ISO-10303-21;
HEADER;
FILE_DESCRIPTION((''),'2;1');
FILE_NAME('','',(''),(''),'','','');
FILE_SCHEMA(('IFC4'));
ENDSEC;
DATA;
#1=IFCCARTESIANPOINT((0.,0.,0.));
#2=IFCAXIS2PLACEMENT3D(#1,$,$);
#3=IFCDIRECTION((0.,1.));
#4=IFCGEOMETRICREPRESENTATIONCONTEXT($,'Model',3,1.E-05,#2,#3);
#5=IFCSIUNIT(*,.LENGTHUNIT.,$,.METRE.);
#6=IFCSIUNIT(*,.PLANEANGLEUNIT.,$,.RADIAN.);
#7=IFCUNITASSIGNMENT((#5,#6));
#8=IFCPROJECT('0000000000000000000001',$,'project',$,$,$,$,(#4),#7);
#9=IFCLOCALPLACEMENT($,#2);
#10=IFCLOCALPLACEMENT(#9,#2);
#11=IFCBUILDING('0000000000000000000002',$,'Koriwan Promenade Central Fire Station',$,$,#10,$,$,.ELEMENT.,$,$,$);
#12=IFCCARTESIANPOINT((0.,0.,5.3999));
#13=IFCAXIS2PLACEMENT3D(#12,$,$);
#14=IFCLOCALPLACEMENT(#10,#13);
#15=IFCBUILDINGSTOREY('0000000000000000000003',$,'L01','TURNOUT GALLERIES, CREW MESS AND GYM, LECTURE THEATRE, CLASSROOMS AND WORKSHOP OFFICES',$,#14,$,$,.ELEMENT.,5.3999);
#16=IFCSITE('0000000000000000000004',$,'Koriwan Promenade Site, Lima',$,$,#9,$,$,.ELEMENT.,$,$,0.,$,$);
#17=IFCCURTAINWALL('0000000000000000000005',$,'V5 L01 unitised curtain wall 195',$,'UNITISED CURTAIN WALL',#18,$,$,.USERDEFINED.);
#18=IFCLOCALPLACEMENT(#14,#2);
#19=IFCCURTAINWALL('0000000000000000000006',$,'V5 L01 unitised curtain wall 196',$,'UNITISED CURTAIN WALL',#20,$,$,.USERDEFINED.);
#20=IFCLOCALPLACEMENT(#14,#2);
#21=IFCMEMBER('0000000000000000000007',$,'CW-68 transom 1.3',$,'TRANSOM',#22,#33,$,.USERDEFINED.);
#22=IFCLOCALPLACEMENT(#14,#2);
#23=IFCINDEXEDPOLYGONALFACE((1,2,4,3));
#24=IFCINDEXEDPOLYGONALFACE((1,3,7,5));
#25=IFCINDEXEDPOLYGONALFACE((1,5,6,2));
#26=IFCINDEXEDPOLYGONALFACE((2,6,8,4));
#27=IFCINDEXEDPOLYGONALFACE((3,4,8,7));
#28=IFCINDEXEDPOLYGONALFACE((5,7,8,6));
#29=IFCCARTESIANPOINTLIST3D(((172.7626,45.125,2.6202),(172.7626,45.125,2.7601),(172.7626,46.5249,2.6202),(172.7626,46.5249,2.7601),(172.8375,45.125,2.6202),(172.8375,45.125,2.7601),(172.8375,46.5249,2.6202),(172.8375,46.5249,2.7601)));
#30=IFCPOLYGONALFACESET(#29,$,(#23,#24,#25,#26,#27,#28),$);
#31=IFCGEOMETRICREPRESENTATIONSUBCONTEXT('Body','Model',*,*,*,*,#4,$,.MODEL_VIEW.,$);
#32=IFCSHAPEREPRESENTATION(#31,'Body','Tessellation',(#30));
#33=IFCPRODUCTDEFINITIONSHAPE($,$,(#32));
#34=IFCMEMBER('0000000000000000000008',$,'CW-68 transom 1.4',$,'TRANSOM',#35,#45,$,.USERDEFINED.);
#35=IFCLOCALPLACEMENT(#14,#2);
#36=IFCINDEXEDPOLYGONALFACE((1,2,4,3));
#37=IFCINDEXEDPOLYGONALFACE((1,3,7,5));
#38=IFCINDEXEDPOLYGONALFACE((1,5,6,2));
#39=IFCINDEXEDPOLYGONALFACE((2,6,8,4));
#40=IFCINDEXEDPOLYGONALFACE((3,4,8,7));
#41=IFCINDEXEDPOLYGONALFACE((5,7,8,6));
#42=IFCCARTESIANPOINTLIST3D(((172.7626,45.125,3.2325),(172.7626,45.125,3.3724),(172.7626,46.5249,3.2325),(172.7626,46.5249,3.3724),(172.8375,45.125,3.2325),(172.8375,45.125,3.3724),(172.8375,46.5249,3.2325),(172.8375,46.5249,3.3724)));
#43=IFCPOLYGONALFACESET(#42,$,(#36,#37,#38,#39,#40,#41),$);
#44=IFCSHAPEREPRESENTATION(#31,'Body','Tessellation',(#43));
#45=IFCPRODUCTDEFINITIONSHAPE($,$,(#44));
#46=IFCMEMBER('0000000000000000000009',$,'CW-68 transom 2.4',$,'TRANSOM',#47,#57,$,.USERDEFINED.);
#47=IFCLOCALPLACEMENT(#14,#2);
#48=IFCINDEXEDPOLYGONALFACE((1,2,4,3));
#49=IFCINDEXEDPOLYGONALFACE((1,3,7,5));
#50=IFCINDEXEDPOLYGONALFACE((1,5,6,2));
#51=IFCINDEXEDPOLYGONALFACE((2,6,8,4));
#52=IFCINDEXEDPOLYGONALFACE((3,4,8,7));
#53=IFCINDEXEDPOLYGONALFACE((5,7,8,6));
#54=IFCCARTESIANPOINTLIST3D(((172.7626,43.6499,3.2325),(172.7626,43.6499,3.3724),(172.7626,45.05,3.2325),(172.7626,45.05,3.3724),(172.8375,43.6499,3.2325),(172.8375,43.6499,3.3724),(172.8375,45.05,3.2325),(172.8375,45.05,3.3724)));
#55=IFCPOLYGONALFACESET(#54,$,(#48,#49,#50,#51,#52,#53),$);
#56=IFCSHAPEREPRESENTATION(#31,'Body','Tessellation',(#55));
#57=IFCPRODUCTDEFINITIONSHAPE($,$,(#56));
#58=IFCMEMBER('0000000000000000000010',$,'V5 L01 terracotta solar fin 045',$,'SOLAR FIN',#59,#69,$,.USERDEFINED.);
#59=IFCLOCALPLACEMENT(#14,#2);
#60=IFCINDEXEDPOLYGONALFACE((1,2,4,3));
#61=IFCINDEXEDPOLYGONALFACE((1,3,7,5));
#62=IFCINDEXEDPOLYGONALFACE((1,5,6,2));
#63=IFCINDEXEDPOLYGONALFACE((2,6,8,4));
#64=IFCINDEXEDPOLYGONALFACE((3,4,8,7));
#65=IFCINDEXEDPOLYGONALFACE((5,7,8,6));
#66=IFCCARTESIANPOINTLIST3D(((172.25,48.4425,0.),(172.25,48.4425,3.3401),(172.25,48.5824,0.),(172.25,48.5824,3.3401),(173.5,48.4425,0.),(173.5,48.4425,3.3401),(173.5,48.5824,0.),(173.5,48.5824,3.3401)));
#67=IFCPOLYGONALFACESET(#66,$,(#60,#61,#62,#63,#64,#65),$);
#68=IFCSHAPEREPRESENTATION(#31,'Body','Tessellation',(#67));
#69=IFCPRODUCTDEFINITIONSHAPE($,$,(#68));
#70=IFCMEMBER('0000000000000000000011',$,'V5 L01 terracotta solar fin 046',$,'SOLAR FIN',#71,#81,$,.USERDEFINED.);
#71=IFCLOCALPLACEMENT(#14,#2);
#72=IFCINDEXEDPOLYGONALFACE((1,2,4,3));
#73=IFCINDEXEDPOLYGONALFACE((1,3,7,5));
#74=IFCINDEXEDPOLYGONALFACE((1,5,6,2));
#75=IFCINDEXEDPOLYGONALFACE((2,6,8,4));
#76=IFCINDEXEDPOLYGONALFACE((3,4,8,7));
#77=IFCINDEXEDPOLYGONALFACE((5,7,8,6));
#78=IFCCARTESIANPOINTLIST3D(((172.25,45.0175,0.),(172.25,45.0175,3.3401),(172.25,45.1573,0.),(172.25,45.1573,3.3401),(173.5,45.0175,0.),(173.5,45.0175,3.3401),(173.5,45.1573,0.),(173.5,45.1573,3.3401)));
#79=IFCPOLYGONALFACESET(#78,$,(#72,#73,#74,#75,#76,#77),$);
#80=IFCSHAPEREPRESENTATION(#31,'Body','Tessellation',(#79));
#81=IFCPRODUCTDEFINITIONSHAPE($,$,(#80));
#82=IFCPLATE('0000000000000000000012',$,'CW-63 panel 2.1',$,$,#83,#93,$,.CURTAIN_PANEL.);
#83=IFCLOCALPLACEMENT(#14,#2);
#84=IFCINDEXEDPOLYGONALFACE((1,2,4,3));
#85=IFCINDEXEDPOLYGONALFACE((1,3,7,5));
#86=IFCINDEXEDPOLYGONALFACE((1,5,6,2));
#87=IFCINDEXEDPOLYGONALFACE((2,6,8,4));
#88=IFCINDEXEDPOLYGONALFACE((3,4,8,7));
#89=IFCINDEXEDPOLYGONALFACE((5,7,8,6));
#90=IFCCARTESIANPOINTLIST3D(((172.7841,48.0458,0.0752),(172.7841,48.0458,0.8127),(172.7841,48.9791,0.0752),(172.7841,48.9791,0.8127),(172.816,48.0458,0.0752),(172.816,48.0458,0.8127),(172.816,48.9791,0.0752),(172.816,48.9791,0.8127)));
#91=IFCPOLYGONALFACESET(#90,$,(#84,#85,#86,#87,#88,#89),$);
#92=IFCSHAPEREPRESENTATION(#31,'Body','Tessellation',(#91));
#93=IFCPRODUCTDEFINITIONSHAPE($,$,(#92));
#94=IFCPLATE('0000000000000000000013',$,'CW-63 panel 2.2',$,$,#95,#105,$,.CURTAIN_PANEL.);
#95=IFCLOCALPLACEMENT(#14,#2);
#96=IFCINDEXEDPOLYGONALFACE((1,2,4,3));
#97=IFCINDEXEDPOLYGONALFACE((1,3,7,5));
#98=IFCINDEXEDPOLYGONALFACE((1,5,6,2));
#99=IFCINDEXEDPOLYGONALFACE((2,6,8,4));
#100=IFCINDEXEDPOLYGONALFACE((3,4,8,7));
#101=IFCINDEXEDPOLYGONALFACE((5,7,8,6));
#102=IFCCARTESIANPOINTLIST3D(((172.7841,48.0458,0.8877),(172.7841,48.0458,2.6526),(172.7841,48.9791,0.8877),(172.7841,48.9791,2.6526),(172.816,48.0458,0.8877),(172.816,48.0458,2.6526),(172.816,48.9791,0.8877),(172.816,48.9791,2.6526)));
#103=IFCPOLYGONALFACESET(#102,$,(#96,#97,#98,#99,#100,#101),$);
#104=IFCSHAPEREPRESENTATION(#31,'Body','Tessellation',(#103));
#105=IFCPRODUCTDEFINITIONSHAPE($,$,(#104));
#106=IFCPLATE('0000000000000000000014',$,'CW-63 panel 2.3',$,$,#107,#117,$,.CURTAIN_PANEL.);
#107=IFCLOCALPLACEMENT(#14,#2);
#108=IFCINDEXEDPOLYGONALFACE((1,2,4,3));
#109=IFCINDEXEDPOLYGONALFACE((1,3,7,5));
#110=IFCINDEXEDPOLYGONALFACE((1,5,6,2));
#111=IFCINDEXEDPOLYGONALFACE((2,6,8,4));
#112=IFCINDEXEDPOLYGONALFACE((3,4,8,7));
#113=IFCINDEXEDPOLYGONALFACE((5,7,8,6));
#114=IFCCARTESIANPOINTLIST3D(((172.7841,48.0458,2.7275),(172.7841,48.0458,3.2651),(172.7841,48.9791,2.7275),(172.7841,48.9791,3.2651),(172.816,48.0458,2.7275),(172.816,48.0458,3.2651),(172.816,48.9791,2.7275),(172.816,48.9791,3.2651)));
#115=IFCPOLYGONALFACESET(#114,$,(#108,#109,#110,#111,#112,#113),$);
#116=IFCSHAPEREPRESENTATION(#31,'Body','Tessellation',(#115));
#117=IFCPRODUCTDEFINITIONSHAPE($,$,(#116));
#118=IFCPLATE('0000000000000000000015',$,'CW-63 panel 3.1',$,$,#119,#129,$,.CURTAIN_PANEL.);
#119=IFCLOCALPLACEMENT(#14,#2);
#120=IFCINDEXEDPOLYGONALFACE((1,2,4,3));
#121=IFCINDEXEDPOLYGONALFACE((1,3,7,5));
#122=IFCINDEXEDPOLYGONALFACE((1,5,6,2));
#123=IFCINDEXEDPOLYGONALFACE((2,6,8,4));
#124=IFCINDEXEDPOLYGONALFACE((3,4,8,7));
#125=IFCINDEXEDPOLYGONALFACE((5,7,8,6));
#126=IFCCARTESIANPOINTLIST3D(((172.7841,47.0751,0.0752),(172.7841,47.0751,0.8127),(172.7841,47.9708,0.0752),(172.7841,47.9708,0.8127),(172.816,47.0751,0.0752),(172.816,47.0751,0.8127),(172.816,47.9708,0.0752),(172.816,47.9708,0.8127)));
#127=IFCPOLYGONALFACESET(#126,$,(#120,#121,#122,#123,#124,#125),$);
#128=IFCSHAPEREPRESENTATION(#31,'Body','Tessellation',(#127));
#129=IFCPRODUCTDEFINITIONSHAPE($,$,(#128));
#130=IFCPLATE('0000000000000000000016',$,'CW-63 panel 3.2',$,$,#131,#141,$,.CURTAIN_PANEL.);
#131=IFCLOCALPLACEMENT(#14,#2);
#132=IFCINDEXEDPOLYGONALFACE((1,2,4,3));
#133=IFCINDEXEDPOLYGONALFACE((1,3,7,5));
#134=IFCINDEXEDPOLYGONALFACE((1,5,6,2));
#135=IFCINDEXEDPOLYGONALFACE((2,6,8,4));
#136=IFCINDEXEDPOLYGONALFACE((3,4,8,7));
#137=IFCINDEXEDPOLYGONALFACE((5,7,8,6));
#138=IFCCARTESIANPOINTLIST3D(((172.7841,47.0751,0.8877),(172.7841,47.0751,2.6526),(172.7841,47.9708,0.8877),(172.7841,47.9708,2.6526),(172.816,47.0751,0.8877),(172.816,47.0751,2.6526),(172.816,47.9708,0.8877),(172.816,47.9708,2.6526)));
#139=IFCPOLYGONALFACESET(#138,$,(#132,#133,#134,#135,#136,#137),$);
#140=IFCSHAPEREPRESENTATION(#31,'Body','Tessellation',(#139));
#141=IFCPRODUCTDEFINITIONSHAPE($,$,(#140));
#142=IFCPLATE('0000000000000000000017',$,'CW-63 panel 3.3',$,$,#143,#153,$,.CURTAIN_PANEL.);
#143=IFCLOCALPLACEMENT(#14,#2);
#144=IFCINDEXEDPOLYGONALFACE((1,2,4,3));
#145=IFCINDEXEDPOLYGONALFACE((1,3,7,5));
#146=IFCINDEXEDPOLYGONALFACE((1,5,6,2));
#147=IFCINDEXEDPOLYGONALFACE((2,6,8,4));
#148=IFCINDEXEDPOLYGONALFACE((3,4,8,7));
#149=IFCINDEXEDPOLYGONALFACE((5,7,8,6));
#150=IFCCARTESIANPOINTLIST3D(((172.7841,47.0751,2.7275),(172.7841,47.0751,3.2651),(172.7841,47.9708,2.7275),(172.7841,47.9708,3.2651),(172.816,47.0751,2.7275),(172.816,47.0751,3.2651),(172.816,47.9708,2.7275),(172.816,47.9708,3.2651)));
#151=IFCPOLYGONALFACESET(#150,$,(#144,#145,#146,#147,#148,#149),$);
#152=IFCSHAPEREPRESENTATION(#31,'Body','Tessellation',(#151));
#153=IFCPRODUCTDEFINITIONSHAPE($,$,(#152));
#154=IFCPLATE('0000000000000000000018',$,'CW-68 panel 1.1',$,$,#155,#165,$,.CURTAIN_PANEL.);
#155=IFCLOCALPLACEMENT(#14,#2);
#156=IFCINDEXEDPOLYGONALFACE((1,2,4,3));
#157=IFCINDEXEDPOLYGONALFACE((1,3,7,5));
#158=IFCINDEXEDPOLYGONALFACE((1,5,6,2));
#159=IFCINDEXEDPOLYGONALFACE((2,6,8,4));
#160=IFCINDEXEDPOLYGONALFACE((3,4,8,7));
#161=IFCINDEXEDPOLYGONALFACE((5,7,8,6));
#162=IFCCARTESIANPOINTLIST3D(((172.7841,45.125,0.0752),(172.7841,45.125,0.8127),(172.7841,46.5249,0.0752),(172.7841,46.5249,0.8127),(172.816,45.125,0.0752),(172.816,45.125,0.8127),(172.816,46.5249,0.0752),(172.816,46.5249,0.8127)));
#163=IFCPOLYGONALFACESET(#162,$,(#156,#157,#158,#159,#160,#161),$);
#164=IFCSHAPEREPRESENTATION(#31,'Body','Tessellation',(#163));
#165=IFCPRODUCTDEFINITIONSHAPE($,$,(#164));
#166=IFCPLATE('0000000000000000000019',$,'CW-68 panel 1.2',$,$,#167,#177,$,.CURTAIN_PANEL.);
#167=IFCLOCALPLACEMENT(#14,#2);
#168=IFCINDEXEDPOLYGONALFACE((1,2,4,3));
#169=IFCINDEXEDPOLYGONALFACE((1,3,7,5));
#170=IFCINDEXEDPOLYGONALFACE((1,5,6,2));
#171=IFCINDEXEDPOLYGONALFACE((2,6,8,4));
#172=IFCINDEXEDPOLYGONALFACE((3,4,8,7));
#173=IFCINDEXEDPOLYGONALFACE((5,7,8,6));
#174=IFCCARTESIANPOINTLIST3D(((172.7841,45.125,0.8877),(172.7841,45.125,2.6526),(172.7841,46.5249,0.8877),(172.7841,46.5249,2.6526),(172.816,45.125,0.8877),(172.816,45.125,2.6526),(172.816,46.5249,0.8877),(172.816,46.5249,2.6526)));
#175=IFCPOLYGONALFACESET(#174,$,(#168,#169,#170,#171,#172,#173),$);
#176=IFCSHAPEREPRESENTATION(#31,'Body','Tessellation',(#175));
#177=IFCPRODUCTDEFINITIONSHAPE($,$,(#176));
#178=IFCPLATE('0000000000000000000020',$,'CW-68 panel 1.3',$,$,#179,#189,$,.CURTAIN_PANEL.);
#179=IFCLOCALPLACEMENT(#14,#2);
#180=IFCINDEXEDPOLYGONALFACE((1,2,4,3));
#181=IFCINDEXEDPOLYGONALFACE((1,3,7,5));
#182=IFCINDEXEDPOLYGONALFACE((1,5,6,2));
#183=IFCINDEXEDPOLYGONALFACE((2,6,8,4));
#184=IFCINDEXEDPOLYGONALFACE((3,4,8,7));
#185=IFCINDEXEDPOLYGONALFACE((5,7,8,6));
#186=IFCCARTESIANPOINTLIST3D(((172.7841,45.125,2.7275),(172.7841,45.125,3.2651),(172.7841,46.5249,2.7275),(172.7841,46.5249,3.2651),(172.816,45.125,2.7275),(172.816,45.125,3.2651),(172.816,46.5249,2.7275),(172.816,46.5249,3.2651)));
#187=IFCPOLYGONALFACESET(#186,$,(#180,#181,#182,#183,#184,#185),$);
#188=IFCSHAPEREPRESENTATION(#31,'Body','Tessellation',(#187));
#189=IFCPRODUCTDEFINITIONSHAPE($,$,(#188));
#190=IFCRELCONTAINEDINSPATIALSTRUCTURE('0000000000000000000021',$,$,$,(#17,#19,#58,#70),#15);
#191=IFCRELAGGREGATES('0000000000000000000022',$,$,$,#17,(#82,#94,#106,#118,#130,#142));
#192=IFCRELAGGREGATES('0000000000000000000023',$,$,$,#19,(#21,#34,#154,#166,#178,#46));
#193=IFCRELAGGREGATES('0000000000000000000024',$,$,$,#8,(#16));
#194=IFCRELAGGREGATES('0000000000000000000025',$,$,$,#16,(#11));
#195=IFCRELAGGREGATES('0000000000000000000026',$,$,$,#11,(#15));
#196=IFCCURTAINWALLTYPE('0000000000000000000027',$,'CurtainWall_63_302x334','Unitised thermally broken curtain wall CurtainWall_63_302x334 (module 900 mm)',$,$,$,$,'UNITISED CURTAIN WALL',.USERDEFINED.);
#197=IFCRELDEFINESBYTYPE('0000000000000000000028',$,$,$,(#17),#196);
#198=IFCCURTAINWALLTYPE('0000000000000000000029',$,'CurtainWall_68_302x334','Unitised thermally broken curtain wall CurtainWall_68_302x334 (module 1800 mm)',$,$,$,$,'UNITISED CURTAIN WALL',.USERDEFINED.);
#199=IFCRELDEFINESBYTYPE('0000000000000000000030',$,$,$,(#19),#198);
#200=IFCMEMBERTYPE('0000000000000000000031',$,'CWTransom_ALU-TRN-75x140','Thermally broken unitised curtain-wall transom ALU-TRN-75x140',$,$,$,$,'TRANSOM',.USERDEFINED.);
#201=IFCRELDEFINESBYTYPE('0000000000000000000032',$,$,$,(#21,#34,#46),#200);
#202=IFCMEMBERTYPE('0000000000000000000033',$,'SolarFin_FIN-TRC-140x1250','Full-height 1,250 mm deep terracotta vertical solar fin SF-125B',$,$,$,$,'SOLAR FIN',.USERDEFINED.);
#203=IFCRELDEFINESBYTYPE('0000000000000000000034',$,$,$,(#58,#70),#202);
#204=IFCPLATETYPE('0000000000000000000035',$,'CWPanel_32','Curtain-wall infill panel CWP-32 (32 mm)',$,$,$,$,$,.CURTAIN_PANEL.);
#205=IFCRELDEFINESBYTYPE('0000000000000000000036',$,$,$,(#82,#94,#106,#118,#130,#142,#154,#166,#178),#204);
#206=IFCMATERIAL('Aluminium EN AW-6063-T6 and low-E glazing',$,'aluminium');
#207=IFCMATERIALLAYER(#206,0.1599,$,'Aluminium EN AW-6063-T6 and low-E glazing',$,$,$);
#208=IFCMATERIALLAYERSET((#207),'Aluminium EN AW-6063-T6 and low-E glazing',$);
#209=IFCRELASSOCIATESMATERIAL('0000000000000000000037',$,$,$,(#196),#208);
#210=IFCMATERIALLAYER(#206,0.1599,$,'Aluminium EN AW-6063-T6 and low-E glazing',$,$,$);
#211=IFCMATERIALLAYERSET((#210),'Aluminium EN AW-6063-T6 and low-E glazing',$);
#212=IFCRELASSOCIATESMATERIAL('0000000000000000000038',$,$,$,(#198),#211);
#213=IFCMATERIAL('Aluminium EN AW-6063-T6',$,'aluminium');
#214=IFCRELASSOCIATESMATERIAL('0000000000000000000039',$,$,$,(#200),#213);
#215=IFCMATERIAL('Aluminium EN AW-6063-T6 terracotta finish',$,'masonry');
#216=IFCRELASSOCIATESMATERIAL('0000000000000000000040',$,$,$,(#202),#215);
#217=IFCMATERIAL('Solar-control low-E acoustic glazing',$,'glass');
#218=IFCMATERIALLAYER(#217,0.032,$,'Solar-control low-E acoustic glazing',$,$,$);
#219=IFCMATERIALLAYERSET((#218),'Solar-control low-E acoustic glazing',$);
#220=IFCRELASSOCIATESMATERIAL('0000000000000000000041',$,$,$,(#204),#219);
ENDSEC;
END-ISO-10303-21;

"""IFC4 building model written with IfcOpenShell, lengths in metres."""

from ifc_helpers import new_model, si_unit, direction, frame, origin, origin_2d, place, context, subcontext, project, spatial, rectangle, extrude, material, layer, layer_set, material_profile, profile_set, type_object, element, aggregate, save


model = new_model("IFC4")

# Units and contexts
model_context = context("Model", 3, precision=1e-05, world=origin(), true_north=direction((0.0, 1.0)))
body_context = subcontext(model_context, "Body", "Model", "MODEL_VIEW")
ifc_project = project(units=[si_unit("LENGTHUNIT", "METRE"), si_unit("PLANEANGLEUNIT", "RADIAN")], contexts=[model_context])

# Site, building, storey
site_placement = place(None, origin())
site = spatial("IfcSite", under=ifc_project, at=site_placement, Name="Koriwan Promenade Site, Lima", CompositionType="ELEMENT", RefElevation=0.0)
building_placement = place(site_placement, origin())
building = spatial("IfcBuilding", under=site, at=building_placement, Name="Koriwan Promenade Central Fire Station", CompositionType="ELEMENT")
storey_placement = place(building_placement, frame((0.0, 0.0, 5.3999)))
storey = spatial("IfcBuildingStorey", under=building, at=storey_placement, Name="L01", Description="TURNOUT GALLERIES, CREW MESS AND GYM, LECTURE THEATRE, CLASSROOMS AND WORKSHOP OFFICES", CompositionType="ELEMENT", Elevation=5.3999)

# Curtain walls
ifc_material_1 = material(Name="Aluminium EN AW-6063-T6 and low-E glazing", Category="aluminium")
ifc_layer_1 = layer(ifc_material_1, 0.1599, Name="Aluminium EN AW-6063-T6 and low-E glazing")
ifc_layer_set_1 = layer_set([ifc_layer_1], Name="Aluminium EN AW-6063-T6 and low-E glazing")
curtain_wall_type_1 = type_object("IfcCurtainWallType", Name="CurtainWall_63_302x334", Description="Unitised thermally broken curtain wall CurtainWall_63_302x334 (module 900 mm)", ElementType="UNITISED CURTAIN WALL", PredefinedType="USERDEFINED", material=ifc_layer_set_1)
curtain_wall_1_placement = place(storey_placement, origin())
curtain_wall_1 = element("IfcCurtainWall", 1, at=curtain_wall_1_placement, inside=storey, type_object=curtain_wall_type_1, Name="V5 L01 unitised curtain wall 195", ObjectType="UNITISED CURTAIN WALL", PredefinedType="USERDEFINED")
ifc_material_2 = material(Name="Aluminium EN AW-6063-T6", Category="aluminium")
ifc_layer_2 = layer(ifc_material_1, 0.1599, Name="Aluminium EN AW-6063-T6 and low-E glazing")
ifc_layer_set_2 = layer_set([ifc_layer_2], Name="Aluminium EN AW-6063-T6 and low-E glazing")
curtain_wall_type_2 = type_object("IfcCurtainWallType", Name="CurtainWall_68_302x334", Description="Unitised thermally broken curtain wall CurtainWall_68_302x334 (module 1800 mm)", ElementType="UNITISED CURTAIN WALL", PredefinedType="USERDEFINED", material=ifc_layer_set_2)
curtain_wall_2_placement = place(storey_placement, origin())
curtain_wall_2 = element("IfcCurtainWall", 2, at=curtain_wall_2_placement, inside=storey, type_object=curtain_wall_type_2, Name="V5 L01 unitised curtain wall 196", ObjectType="UNITISED CURTAIN WALL", PredefinedType="USERDEFINED")

# Members
ifc_material_profile_1 = material_profile(ifc_material_2, rectangle(XDim=0.075, YDim=0.1399, at=origin_2d()), Name="ALU-TRN-75x140")
ifc_profile_set_1 = profile_set([ifc_material_profile_1], Name="Aluminium EN AW-6063-T6")
member_type_1 = type_object("IfcMemberType", Name="CWTransom_ALU-TRN-75x140", Description="Thermally broken unitised curtain-wall transom ALU-TRN-75x140", ElementType="TRANSOM", PredefinedType="USERDEFINED", material=ifc_profile_set_1)
member_1_placement = place(storey_placement, frame((172.8, 46.5249, 2.6902), z_axis=(0.0, -1.0, 0.0), x_axis=(1.0, 0.0, 0.0)))
member_1 = element("IfcMember", 3, at=member_1_placement, type_object=member_type_1, Name="CW-68 transom 1.3", ObjectType="TRANSOM", PredefinedType="USERDEFINED", context=body_context, shape_type="SweptSolid", body=[
    extrude(rectangle(XDim=0.075, YDim=0.1399, at=origin_2d()), origin(), (0.0, 0.0, 1.0), 1.3999),
])
member_2_placement = place(storey_placement, frame((172.8, 46.5249, 3.3025), z_axis=(0.0, -1.0, 0.0), x_axis=(1.0, 0.0, 0.0)))
member_2 = element("IfcMember", 4, at=member_2_placement, type_object=member_type_1, Name="CW-68 transom 1.4", ObjectType="TRANSOM", PredefinedType="USERDEFINED", context=body_context, shape_type="SweptSolid", body=[
    extrude(rectangle(XDim=0.075, YDim=0.1399, at=origin_2d()), origin(), (0.0, 0.0, 1.0), 1.3999),
])
member_3_placement = place(storey_placement, frame((172.8, 45.05, 3.3025), z_axis=(0.0, -1.0, 0.0), x_axis=(1.0, 0.0, 0.0)))
member_3 = element("IfcMember", 5, at=member_3_placement, type_object=member_type_1, Name="CW-68 transom 2.4", ObjectType="TRANSOM", PredefinedType="USERDEFINED", context=body_context, shape_type="SweptSolid", body=[
    extrude(rectangle(XDim=0.075, YDim=0.1399, at=origin_2d()), origin(), (0.0, 0.0, 1.0), 1.4001),
])

# Members
ifc_material_3 = material(Name="Aluminium EN AW-6063-T6 terracotta finish", Category="masonry")
ifc_material_profile_2 = material_profile(ifc_material_3, rectangle(XDim=0.1399, YDim=1.25, at=origin_2d()), Name="FIN-TRC-140x1250")
ifc_profile_set_2 = profile_set([ifc_material_profile_2], Name="Aluminium EN AW-6063-T6 terracotta finish")
member_type_2 = type_object("IfcMemberType", Name="SolarFin_FIN-TRC-140x1250", Description="Full-height 1,250 mm deep terracotta vertical solar fin SF-125B", ElementType="SOLAR FIN", PredefinedType="USERDEFINED", material=ifc_profile_set_2)
for number, where, z_axis, x_axis, name in (
    (6, (172.875, 48.5125, 0.0), (0.0, 0.0, 1.0), (0.0, -1.0, 0.0), "V5 L01 terracotta solar fin 045"),
    (7, (172.875, 45.0874, 0.0), (0.0, 0.0, 1.0), (0.0, -1.0, 0.0), "V5 L01 terracotta solar fin 046"),
):
    element("IfcMember", number, at=place(storey_placement, frame(where, z_axis=z_axis, x_axis=x_axis)), inside=storey, type_object=member_type_2, Name=name, ObjectType="SOLAR FIN", PredefinedType="USERDEFINED", context=body_context, shape_type="SweptSolid", body=[
        extrude(rectangle(XDim=0.1399, YDim=1.25, at=origin_2d()), origin(), (0.0, 0.0, 1.0), 3.3401),
    ])

# Plates
ifc_material_4 = material(Name="Solar-control low-E acoustic glazing", Category="glass")
ifc_layer_3 = layer(ifc_material_4, 0.032, Name="Solar-control low-E acoustic glazing")
ifc_layer_set_3 = layer_set([ifc_layer_3], Name="Solar-control low-E acoustic glazing")
plate_type = type_object("IfcPlateType", Name="CWPanel_32", Description="Curtain-wall infill panel CWP-32 (32 mm)", PredefinedType="CURTAIN_PANEL", material=ifc_layer_set_3)
plate_1_placement = place(storey_placement, frame((172.8, 48.5125, 0.0752), z_axis=(0.0, 0.0, 1.0), x_axis=(0.0, -1.0, 0.0)))
plate_1 = element("IfcPlate", 8, at=plate_1_placement, type_object=plate_type, Name="CW-63 panel 2.1", PredefinedType="CURTAIN_PANEL", context=body_context, shape_type="SweptSolid", body=[
    extrude(rectangle(XDim=0.9333, YDim=0.032, at=origin_2d()), origin(), (0.0, 0.0, 1.0), 0.7375),
])
plate_2_placement = place(storey_placement, frame((172.8, 48.5125, 0.8877), z_axis=(0.0, 0.0, 1.0), x_axis=(0.0, -1.0, 0.0)))
plate_2 = element("IfcPlate", 9, at=plate_2_placement, type_object=plate_type, Name="CW-63 panel 2.2", PredefinedType="CURTAIN_PANEL", context=body_context, shape_type="SweptSolid", body=[
    extrude(rectangle(XDim=0.9333, YDim=0.032, at=origin_2d()), origin(), (0.0, 0.0, 1.0), 1.7649),
])
plate_3_placement = place(storey_placement, frame((172.8, 48.5125, 2.7275), z_axis=(0.0, 0.0, 1.0), x_axis=(0.0, -1.0, 0.0)))
plate_3 = element("IfcPlate", 10, at=plate_3_placement, type_object=plate_type, Name="CW-63 panel 2.3", PredefinedType="CURTAIN_PANEL", context=body_context, shape_type="SweptSolid", body=[
    extrude(rectangle(XDim=0.9333, YDim=0.032, at=origin_2d()), origin(), (0.0, 0.0, 1.0), 0.5376),
])
plate_4_placement = place(storey_placement, frame((172.8, 47.5229, 0.0752), z_axis=(0.0, 0.0, 1.0), x_axis=(0.0, -1.0, 0.0)))
plate_4 = element("IfcPlate", 11, at=plate_4_placement, type_object=plate_type, Name="CW-63 panel 3.1", PredefinedType="CURTAIN_PANEL", context=body_context, shape_type="SweptSolid", body=[
    extrude(rectangle(XDim=0.8958, YDim=0.032, at=origin_2d()), origin(), (0.0, 0.0, 1.0), 0.7375),
])
plate_5_placement = place(storey_placement, frame((172.8, 47.5229, 0.8877), z_axis=(0.0, 0.0, 1.0), x_axis=(0.0, -1.0, 0.0)))
plate_5 = element("IfcPlate", 12, at=plate_5_placement, type_object=plate_type, Name="CW-63 panel 3.2", PredefinedType="CURTAIN_PANEL", context=body_context, shape_type="SweptSolid", body=[
    extrude(rectangle(XDim=0.8958, YDim=0.032, at=origin_2d()), origin(), (0.0, 0.0, 1.0), 1.7649),
])
plate_6_placement = place(storey_placement, frame((172.8, 47.5229, 2.7275), z_axis=(0.0, 0.0, 1.0), x_axis=(0.0, -1.0, 0.0)))
plate_6 = element("IfcPlate", 13, at=plate_6_placement, type_object=plate_type, Name="CW-63 panel 3.3", PredefinedType="CURTAIN_PANEL", context=body_context, shape_type="SweptSolid", body=[
    extrude(rectangle(XDim=0.8958, YDim=0.032, at=origin_2d()), origin(), (0.0, 0.0, 1.0), 0.5376),
])
aggregate(curtain_wall_1, [plate_1, plate_2, plate_3, plate_4, plate_5, plate_6])
plate_7_placement = place(storey_placement, frame((172.8, 45.825, 0.0752), z_axis=(0.0, 0.0, 1.0), x_axis=(0.0, -1.0, 0.0)))
plate_7 = element("IfcPlate", 14, at=plate_7_placement, type_object=plate_type, Name="CW-68 panel 1.1", PredefinedType="CURTAIN_PANEL", context=body_context, shape_type="SweptSolid", body=[
    extrude(rectangle(XDim=1.3999, YDim=0.032, at=origin_2d()), origin(), (0.0, 0.0, 1.0), 0.7375),
])
plate_8_placement = place(storey_placement, frame((172.8, 45.825, 0.8877), z_axis=(0.0, 0.0, 1.0), x_axis=(0.0, -1.0, 0.0)))
plate_8 = element("IfcPlate", 15, at=plate_8_placement, type_object=plate_type, Name="CW-68 panel 1.2", PredefinedType="CURTAIN_PANEL", context=body_context, shape_type="SweptSolid", body=[
    extrude(rectangle(XDim=1.3999, YDim=0.032, at=origin_2d()), origin(), (0.0, 0.0, 1.0), 1.7649),
])
plate_9_placement = place(storey_placement, frame((172.8, 45.825, 2.7275), z_axis=(0.0, 0.0, 1.0), x_axis=(0.0, -1.0, 0.0)))
plate_9 = element("IfcPlate", 16, at=plate_9_placement, type_object=plate_type, Name="CW-68 panel 1.3", PredefinedType="CURTAIN_PANEL", context=body_context, shape_type="SweptSolid", body=[
    extrude(rectangle(XDim=1.3999, YDim=0.032, at=origin_2d()), origin(), (0.0, 0.0, 1.0), 0.5376),
])
aggregate(curtain_wall_2, [member_1, member_2, plate_7, plate_8, plate_9, member_3])

save(model, "model.ifc")
